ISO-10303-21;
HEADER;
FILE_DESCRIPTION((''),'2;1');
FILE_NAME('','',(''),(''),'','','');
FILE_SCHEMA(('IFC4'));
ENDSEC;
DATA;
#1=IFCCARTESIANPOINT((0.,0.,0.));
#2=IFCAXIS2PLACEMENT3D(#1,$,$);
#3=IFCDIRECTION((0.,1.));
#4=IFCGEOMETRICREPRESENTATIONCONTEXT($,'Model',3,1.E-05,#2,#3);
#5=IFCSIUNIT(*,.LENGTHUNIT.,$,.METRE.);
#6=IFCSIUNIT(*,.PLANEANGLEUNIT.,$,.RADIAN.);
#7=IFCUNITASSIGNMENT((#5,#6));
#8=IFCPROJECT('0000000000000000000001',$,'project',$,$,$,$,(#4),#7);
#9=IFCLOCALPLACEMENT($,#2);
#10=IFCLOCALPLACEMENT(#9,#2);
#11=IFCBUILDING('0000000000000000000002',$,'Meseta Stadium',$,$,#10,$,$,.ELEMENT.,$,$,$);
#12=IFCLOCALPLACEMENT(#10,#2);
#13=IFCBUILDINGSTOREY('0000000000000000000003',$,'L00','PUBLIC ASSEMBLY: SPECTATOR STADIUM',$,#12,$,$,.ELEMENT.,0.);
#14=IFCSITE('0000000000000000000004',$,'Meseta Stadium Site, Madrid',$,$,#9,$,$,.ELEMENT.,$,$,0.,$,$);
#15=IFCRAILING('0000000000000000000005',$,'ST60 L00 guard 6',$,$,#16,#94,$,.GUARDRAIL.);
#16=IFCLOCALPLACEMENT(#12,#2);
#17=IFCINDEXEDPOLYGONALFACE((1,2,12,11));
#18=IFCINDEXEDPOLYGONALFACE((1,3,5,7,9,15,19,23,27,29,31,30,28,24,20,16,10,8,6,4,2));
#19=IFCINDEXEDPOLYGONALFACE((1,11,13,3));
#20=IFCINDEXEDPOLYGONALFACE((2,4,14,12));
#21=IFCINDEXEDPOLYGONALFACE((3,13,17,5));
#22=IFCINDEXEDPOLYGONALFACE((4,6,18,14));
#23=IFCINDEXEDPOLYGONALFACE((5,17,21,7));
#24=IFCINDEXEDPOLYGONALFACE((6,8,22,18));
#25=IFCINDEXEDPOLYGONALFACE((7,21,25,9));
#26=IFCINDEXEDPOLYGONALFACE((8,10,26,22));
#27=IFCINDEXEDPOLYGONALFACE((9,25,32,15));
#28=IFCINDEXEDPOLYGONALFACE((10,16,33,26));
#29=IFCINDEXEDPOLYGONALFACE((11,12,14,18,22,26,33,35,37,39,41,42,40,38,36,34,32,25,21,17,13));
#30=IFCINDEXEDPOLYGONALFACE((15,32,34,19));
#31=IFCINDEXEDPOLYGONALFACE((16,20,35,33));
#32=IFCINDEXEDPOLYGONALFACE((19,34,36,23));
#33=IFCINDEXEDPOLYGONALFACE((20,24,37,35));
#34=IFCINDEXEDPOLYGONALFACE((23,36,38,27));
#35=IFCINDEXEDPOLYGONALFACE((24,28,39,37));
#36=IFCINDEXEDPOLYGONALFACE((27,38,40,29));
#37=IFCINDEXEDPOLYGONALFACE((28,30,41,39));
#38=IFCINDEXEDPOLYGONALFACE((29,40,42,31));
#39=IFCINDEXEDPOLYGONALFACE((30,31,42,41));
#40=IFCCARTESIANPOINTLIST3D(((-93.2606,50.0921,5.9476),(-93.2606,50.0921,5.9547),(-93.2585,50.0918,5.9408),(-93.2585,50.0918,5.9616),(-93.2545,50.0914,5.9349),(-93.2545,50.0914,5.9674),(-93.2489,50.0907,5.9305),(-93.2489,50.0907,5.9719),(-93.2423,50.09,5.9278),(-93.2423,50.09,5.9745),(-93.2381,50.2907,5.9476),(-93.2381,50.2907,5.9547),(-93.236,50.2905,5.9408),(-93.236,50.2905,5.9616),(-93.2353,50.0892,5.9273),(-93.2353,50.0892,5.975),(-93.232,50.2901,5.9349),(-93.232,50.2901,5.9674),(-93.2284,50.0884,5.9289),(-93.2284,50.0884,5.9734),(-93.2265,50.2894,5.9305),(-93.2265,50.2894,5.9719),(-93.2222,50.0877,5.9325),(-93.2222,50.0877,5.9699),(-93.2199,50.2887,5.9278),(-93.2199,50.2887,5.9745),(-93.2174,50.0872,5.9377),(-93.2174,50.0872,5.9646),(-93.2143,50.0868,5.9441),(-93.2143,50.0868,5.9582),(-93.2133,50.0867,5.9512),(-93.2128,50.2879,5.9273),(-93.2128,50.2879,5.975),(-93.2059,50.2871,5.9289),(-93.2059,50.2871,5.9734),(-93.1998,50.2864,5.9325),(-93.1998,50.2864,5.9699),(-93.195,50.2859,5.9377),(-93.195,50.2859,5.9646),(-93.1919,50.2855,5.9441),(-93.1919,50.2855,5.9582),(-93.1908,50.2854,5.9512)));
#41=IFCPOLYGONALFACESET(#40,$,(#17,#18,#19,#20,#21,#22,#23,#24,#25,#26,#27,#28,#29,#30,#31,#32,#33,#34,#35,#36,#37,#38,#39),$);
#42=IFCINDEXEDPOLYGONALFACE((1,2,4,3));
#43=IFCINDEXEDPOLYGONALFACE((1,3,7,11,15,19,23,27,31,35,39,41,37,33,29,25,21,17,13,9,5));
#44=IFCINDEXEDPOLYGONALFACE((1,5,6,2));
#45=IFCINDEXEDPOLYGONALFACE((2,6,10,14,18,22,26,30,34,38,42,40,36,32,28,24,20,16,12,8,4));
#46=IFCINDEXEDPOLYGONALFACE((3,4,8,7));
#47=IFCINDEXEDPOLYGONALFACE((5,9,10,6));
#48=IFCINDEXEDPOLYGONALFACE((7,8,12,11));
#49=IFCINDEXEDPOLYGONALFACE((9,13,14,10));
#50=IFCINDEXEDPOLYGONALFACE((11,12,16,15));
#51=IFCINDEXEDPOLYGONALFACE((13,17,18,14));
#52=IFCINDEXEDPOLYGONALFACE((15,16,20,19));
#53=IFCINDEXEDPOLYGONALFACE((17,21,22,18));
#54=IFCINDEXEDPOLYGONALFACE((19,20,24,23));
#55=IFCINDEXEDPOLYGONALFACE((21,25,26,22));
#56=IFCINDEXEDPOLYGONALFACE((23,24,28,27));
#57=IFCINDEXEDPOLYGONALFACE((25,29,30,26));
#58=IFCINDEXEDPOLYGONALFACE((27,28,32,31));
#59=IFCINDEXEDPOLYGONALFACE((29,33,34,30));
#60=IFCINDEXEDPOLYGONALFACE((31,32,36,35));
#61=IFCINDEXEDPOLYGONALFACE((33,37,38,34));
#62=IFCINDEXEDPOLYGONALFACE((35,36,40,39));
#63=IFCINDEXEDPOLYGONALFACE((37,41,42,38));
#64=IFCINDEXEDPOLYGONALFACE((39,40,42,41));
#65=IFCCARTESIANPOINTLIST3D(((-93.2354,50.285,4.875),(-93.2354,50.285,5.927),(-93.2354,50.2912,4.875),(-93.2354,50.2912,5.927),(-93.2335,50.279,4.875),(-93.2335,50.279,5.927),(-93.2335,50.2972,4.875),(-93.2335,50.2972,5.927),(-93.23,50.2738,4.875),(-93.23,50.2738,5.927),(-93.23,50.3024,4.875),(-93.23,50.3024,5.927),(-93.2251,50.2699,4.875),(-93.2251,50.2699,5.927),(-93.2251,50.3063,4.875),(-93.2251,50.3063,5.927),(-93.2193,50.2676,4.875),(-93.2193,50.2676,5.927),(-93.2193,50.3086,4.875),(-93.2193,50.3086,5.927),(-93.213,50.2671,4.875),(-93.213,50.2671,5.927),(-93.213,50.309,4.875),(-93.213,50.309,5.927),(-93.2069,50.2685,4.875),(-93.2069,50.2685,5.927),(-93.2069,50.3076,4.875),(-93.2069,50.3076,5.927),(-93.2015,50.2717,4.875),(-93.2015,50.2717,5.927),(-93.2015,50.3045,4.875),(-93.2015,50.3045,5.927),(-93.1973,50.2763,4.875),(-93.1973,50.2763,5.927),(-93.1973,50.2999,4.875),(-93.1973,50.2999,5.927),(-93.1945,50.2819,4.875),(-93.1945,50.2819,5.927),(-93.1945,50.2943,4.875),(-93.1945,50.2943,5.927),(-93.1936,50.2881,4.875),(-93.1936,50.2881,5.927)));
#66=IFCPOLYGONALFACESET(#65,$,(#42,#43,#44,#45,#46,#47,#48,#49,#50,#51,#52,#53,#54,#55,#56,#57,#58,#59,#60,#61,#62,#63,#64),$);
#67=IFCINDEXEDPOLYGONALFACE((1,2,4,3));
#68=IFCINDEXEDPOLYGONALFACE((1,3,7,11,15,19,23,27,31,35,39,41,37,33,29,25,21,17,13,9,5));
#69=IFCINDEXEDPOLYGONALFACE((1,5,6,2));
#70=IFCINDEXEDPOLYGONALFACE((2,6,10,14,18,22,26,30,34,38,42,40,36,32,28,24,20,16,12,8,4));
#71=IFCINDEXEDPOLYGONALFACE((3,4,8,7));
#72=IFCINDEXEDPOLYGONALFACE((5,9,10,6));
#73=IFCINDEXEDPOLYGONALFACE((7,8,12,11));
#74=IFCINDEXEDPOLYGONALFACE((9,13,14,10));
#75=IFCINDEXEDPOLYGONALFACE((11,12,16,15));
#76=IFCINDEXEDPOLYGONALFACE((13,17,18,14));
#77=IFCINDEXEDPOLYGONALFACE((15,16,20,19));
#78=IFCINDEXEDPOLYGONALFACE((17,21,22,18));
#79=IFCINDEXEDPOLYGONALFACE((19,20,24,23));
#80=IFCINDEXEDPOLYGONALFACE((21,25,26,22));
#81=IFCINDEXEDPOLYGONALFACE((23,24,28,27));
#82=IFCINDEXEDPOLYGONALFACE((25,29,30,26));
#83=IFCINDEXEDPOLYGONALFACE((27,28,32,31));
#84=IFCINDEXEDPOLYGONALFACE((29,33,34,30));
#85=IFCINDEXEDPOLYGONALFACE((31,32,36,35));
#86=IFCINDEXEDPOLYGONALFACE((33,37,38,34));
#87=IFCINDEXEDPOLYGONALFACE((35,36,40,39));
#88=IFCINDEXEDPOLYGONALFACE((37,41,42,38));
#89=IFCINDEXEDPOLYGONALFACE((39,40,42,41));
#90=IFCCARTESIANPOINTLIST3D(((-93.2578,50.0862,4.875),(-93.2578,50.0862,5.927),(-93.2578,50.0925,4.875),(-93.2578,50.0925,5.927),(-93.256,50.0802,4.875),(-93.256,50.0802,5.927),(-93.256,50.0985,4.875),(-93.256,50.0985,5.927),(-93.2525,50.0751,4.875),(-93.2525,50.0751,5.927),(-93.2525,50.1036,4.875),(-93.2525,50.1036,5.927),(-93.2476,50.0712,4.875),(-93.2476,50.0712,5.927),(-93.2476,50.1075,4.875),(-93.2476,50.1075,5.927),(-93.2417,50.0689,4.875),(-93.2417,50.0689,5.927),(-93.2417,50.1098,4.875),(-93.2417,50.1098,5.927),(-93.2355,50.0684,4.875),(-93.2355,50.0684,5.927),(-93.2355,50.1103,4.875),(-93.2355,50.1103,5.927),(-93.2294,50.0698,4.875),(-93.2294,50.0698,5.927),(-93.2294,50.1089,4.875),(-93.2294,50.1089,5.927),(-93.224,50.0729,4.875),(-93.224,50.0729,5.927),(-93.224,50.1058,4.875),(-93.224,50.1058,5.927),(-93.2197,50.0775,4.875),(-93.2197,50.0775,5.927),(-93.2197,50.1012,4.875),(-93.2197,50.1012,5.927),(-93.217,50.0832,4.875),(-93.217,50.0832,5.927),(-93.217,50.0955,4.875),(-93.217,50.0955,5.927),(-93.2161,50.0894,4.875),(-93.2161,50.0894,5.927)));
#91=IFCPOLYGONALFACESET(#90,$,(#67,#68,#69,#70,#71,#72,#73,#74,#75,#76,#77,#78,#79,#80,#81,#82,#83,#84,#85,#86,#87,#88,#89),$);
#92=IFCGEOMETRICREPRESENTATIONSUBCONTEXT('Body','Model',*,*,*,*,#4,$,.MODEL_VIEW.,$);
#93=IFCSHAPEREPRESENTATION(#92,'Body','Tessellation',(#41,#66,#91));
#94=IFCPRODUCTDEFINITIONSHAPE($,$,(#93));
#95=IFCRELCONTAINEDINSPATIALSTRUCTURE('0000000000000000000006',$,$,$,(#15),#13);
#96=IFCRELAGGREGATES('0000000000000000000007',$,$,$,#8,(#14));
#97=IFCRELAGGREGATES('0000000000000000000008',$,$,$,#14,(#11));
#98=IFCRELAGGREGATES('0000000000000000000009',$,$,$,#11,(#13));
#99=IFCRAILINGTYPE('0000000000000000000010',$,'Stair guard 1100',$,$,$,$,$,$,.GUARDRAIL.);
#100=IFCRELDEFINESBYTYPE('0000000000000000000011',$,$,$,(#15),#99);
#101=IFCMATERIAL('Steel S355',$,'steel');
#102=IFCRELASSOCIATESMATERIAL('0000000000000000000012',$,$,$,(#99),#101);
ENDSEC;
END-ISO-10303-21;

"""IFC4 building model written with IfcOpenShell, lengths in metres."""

from ifc_helpers import new_model, si_unit, direction, frame, origin, origin_2d, place, context, subcontext, project, spatial, circle, extrude, material, type_object, element, save


model = new_model("IFC4")

# Units and contexts
model_context = context("Model", 3, precision=1e-05, world=origin(), true_north=direction((0.0, 1.0)))
body_context = subcontext(model_context, "Body", "Model", "MODEL_VIEW")
ifc_project = project(units=[si_unit("LENGTHUNIT", "METRE"), si_unit("PLANEANGLEUNIT", "RADIAN")], contexts=[model_context])

# Site, building, storey
site_placement = place(None, origin())
site = spatial("IfcSite", under=ifc_project, at=site_placement, Name="Meseta Stadium Site, Madrid", CompositionType="ELEMENT", RefElevation=0.0)
building_placement = place(site_placement, origin())
building = spatial("IfcBuilding", under=site, at=building_placement, Name="Meseta Stadium", CompositionType="ELEMENT")
storey_placement = place(building_placement, origin())
storey = spatial("IfcBuildingStorey", under=building, at=storey_placement, Name="L00", Description="PUBLIC ASSEMBLY: SPECTATOR STADIUM", CompositionType="ELEMENT", Elevation=0.0)

# Railing
ifc_material_1 = material(Name="Steel S355", Category="steel")
railing_type_1 = type_object("IfcRailingType", Name="Stair guard 1100", PredefinedType="GUARDRAIL", material=ifc_material_1)
railing_1_placement = place(storey_placement, frame((-93.2146, 50.2881, 4.875)))
element("IfcRailing", 1, at=railing_1_placement, inside=storey, type_object=railing_type_1, Name="ST60 L00 guard 6", PredefinedType="GUARDRAIL", context=body_context, shape_type="SweptSolid", body=[
    extrude(circle(Radius=0.0239, at=origin_2d()), frame((0.0, 0.0, 1.0762), z_axis=(-0.112307, -0.993674, 0.0), x_axis=(0.993674, -0.112307, 0.0)), (0.0, 0.0, 1.0), 0.2),
    extrude(circle(Radius=0.021, at=origin_2d()), origin(), (0.0, 0.0, 1.0), 1.052),
    extrude(circle(Radius=0.021, at=origin_2d()), frame((-0.0225, -0.1987, 0.0)), (0.0, 0.0, 1.0), 1.052),
])

save(model, "model.ifc")
